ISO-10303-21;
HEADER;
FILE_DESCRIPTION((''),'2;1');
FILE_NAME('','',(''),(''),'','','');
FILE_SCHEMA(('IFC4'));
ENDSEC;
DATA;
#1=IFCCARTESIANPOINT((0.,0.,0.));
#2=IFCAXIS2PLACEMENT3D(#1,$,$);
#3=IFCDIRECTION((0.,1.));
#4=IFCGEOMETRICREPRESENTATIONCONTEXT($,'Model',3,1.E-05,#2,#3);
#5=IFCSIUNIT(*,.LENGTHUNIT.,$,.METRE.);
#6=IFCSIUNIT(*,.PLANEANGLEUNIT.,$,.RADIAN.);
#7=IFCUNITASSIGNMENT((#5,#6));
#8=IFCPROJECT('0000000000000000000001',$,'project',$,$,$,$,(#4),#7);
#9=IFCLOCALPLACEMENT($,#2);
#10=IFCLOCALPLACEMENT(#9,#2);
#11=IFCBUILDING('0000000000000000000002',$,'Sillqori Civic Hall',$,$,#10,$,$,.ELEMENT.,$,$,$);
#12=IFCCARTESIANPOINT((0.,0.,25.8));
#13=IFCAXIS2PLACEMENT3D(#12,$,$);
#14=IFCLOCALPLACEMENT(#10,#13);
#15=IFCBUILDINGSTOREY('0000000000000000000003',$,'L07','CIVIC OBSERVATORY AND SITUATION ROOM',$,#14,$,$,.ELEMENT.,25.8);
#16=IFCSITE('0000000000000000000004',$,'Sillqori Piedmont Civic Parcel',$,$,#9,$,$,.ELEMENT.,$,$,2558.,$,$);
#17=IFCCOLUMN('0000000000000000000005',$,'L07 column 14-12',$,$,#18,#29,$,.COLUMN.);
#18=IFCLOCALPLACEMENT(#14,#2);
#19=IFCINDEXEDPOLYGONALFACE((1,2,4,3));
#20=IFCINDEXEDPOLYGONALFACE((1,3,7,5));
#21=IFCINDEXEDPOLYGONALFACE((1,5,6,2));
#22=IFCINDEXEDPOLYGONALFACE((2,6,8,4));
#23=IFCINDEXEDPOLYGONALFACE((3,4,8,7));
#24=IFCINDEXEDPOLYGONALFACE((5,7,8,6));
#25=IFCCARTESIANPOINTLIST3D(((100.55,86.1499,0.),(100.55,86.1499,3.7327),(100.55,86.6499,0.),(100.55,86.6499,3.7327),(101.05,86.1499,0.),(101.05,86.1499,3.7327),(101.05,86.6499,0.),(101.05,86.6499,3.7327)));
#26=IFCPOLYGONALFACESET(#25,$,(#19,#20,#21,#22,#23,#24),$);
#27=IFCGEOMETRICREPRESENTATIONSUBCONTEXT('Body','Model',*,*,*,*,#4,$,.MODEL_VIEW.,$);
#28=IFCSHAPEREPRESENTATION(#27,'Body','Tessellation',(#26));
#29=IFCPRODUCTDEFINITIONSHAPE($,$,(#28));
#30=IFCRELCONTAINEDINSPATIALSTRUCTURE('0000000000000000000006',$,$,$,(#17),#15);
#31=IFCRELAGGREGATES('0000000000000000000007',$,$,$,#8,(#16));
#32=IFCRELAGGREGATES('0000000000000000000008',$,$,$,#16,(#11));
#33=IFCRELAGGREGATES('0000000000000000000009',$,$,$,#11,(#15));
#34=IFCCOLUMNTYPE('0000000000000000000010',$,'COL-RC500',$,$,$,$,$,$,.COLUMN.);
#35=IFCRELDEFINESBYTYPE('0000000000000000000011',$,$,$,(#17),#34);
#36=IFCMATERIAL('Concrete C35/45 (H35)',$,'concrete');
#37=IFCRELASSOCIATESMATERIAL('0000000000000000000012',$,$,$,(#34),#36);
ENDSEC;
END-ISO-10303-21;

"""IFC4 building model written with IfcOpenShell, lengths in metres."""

from ifc_helpers import new_model, si_unit, direction, frame, origin, origin_2d, place, context, subcontext, project, spatial, rectangle, extrude, material, material_profile, profile_set, type_object, element, save


model = new_model("IFC4")

# Units and contexts
model_context = context("Model", 3, precision=1e-05, world=origin(), true_north=direction((0.0, 1.0)))
body_context = subcontext(model_context, "Body", "Model", "MODEL_VIEW")
ifc_project = project(units=[si_unit("LENGTHUNIT", "METRE"), si_unit("PLANEANGLEUNIT", "RADIAN")], contexts=[model_context])

# Site, building, storey
site_placement = place(None, origin())
site = spatial("IfcSite", under=ifc_project, at=site_placement, Name="Sillqori Piedmont Civic Parcel", CompositionType="ELEMENT", RefElevation=2558.0)
building_placement = place(site_placement, origin())
building = spatial("IfcBuilding", under=site, at=building_placement, Name="Sillqori Civic Hall", CompositionType="ELEMENT")
storey_placement = place(building_placement, frame((0.0, 0.0, 25.8)))
storey = spatial("IfcBuildingStorey", under=building, at=storey_placement, Name="L07", Description="CIVIC OBSERVATORY AND SITUATION ROOM", CompositionType="ELEMENT", Elevation=25.8)

# Column
ifc_material_1 = material(Name="Concrete C35/45 (H35)", Category="concrete")
ifc_material_profile_1 = material_profile(ifc_material_1, rectangle(XDim=0.5, YDim=0.5, at=origin_2d()), Name="RC 500x500")
ifc_profile_set_1 = profile_set([ifc_material_profile_1], Name="Concrete C35/45 (H35)")
column_type = type_object("IfcColumnType", Name="COL-RC500", PredefinedType="COLUMN", material=ifc_profile_set_1)
column_placement = place(storey_placement, frame((100.8, 86.3999, 0.0), z_axis=(0.0, 0.0, 1.0), x_axis=(1.0, 0.0, 0.0)))
element("IfcColumn", 1, at=column_placement, inside=storey, type_object=column_type, Name="L07 column 14-12", PredefinedType="COLUMN", context=body_context, shape_type="SweptSolid", body=[
    extrude(rectangle(XDim=0.5, YDim=0.5, at=origin_2d()), origin(), (0.0, 0.0, 1.0), 3.7327),
])

save(model, "model.ifc")
